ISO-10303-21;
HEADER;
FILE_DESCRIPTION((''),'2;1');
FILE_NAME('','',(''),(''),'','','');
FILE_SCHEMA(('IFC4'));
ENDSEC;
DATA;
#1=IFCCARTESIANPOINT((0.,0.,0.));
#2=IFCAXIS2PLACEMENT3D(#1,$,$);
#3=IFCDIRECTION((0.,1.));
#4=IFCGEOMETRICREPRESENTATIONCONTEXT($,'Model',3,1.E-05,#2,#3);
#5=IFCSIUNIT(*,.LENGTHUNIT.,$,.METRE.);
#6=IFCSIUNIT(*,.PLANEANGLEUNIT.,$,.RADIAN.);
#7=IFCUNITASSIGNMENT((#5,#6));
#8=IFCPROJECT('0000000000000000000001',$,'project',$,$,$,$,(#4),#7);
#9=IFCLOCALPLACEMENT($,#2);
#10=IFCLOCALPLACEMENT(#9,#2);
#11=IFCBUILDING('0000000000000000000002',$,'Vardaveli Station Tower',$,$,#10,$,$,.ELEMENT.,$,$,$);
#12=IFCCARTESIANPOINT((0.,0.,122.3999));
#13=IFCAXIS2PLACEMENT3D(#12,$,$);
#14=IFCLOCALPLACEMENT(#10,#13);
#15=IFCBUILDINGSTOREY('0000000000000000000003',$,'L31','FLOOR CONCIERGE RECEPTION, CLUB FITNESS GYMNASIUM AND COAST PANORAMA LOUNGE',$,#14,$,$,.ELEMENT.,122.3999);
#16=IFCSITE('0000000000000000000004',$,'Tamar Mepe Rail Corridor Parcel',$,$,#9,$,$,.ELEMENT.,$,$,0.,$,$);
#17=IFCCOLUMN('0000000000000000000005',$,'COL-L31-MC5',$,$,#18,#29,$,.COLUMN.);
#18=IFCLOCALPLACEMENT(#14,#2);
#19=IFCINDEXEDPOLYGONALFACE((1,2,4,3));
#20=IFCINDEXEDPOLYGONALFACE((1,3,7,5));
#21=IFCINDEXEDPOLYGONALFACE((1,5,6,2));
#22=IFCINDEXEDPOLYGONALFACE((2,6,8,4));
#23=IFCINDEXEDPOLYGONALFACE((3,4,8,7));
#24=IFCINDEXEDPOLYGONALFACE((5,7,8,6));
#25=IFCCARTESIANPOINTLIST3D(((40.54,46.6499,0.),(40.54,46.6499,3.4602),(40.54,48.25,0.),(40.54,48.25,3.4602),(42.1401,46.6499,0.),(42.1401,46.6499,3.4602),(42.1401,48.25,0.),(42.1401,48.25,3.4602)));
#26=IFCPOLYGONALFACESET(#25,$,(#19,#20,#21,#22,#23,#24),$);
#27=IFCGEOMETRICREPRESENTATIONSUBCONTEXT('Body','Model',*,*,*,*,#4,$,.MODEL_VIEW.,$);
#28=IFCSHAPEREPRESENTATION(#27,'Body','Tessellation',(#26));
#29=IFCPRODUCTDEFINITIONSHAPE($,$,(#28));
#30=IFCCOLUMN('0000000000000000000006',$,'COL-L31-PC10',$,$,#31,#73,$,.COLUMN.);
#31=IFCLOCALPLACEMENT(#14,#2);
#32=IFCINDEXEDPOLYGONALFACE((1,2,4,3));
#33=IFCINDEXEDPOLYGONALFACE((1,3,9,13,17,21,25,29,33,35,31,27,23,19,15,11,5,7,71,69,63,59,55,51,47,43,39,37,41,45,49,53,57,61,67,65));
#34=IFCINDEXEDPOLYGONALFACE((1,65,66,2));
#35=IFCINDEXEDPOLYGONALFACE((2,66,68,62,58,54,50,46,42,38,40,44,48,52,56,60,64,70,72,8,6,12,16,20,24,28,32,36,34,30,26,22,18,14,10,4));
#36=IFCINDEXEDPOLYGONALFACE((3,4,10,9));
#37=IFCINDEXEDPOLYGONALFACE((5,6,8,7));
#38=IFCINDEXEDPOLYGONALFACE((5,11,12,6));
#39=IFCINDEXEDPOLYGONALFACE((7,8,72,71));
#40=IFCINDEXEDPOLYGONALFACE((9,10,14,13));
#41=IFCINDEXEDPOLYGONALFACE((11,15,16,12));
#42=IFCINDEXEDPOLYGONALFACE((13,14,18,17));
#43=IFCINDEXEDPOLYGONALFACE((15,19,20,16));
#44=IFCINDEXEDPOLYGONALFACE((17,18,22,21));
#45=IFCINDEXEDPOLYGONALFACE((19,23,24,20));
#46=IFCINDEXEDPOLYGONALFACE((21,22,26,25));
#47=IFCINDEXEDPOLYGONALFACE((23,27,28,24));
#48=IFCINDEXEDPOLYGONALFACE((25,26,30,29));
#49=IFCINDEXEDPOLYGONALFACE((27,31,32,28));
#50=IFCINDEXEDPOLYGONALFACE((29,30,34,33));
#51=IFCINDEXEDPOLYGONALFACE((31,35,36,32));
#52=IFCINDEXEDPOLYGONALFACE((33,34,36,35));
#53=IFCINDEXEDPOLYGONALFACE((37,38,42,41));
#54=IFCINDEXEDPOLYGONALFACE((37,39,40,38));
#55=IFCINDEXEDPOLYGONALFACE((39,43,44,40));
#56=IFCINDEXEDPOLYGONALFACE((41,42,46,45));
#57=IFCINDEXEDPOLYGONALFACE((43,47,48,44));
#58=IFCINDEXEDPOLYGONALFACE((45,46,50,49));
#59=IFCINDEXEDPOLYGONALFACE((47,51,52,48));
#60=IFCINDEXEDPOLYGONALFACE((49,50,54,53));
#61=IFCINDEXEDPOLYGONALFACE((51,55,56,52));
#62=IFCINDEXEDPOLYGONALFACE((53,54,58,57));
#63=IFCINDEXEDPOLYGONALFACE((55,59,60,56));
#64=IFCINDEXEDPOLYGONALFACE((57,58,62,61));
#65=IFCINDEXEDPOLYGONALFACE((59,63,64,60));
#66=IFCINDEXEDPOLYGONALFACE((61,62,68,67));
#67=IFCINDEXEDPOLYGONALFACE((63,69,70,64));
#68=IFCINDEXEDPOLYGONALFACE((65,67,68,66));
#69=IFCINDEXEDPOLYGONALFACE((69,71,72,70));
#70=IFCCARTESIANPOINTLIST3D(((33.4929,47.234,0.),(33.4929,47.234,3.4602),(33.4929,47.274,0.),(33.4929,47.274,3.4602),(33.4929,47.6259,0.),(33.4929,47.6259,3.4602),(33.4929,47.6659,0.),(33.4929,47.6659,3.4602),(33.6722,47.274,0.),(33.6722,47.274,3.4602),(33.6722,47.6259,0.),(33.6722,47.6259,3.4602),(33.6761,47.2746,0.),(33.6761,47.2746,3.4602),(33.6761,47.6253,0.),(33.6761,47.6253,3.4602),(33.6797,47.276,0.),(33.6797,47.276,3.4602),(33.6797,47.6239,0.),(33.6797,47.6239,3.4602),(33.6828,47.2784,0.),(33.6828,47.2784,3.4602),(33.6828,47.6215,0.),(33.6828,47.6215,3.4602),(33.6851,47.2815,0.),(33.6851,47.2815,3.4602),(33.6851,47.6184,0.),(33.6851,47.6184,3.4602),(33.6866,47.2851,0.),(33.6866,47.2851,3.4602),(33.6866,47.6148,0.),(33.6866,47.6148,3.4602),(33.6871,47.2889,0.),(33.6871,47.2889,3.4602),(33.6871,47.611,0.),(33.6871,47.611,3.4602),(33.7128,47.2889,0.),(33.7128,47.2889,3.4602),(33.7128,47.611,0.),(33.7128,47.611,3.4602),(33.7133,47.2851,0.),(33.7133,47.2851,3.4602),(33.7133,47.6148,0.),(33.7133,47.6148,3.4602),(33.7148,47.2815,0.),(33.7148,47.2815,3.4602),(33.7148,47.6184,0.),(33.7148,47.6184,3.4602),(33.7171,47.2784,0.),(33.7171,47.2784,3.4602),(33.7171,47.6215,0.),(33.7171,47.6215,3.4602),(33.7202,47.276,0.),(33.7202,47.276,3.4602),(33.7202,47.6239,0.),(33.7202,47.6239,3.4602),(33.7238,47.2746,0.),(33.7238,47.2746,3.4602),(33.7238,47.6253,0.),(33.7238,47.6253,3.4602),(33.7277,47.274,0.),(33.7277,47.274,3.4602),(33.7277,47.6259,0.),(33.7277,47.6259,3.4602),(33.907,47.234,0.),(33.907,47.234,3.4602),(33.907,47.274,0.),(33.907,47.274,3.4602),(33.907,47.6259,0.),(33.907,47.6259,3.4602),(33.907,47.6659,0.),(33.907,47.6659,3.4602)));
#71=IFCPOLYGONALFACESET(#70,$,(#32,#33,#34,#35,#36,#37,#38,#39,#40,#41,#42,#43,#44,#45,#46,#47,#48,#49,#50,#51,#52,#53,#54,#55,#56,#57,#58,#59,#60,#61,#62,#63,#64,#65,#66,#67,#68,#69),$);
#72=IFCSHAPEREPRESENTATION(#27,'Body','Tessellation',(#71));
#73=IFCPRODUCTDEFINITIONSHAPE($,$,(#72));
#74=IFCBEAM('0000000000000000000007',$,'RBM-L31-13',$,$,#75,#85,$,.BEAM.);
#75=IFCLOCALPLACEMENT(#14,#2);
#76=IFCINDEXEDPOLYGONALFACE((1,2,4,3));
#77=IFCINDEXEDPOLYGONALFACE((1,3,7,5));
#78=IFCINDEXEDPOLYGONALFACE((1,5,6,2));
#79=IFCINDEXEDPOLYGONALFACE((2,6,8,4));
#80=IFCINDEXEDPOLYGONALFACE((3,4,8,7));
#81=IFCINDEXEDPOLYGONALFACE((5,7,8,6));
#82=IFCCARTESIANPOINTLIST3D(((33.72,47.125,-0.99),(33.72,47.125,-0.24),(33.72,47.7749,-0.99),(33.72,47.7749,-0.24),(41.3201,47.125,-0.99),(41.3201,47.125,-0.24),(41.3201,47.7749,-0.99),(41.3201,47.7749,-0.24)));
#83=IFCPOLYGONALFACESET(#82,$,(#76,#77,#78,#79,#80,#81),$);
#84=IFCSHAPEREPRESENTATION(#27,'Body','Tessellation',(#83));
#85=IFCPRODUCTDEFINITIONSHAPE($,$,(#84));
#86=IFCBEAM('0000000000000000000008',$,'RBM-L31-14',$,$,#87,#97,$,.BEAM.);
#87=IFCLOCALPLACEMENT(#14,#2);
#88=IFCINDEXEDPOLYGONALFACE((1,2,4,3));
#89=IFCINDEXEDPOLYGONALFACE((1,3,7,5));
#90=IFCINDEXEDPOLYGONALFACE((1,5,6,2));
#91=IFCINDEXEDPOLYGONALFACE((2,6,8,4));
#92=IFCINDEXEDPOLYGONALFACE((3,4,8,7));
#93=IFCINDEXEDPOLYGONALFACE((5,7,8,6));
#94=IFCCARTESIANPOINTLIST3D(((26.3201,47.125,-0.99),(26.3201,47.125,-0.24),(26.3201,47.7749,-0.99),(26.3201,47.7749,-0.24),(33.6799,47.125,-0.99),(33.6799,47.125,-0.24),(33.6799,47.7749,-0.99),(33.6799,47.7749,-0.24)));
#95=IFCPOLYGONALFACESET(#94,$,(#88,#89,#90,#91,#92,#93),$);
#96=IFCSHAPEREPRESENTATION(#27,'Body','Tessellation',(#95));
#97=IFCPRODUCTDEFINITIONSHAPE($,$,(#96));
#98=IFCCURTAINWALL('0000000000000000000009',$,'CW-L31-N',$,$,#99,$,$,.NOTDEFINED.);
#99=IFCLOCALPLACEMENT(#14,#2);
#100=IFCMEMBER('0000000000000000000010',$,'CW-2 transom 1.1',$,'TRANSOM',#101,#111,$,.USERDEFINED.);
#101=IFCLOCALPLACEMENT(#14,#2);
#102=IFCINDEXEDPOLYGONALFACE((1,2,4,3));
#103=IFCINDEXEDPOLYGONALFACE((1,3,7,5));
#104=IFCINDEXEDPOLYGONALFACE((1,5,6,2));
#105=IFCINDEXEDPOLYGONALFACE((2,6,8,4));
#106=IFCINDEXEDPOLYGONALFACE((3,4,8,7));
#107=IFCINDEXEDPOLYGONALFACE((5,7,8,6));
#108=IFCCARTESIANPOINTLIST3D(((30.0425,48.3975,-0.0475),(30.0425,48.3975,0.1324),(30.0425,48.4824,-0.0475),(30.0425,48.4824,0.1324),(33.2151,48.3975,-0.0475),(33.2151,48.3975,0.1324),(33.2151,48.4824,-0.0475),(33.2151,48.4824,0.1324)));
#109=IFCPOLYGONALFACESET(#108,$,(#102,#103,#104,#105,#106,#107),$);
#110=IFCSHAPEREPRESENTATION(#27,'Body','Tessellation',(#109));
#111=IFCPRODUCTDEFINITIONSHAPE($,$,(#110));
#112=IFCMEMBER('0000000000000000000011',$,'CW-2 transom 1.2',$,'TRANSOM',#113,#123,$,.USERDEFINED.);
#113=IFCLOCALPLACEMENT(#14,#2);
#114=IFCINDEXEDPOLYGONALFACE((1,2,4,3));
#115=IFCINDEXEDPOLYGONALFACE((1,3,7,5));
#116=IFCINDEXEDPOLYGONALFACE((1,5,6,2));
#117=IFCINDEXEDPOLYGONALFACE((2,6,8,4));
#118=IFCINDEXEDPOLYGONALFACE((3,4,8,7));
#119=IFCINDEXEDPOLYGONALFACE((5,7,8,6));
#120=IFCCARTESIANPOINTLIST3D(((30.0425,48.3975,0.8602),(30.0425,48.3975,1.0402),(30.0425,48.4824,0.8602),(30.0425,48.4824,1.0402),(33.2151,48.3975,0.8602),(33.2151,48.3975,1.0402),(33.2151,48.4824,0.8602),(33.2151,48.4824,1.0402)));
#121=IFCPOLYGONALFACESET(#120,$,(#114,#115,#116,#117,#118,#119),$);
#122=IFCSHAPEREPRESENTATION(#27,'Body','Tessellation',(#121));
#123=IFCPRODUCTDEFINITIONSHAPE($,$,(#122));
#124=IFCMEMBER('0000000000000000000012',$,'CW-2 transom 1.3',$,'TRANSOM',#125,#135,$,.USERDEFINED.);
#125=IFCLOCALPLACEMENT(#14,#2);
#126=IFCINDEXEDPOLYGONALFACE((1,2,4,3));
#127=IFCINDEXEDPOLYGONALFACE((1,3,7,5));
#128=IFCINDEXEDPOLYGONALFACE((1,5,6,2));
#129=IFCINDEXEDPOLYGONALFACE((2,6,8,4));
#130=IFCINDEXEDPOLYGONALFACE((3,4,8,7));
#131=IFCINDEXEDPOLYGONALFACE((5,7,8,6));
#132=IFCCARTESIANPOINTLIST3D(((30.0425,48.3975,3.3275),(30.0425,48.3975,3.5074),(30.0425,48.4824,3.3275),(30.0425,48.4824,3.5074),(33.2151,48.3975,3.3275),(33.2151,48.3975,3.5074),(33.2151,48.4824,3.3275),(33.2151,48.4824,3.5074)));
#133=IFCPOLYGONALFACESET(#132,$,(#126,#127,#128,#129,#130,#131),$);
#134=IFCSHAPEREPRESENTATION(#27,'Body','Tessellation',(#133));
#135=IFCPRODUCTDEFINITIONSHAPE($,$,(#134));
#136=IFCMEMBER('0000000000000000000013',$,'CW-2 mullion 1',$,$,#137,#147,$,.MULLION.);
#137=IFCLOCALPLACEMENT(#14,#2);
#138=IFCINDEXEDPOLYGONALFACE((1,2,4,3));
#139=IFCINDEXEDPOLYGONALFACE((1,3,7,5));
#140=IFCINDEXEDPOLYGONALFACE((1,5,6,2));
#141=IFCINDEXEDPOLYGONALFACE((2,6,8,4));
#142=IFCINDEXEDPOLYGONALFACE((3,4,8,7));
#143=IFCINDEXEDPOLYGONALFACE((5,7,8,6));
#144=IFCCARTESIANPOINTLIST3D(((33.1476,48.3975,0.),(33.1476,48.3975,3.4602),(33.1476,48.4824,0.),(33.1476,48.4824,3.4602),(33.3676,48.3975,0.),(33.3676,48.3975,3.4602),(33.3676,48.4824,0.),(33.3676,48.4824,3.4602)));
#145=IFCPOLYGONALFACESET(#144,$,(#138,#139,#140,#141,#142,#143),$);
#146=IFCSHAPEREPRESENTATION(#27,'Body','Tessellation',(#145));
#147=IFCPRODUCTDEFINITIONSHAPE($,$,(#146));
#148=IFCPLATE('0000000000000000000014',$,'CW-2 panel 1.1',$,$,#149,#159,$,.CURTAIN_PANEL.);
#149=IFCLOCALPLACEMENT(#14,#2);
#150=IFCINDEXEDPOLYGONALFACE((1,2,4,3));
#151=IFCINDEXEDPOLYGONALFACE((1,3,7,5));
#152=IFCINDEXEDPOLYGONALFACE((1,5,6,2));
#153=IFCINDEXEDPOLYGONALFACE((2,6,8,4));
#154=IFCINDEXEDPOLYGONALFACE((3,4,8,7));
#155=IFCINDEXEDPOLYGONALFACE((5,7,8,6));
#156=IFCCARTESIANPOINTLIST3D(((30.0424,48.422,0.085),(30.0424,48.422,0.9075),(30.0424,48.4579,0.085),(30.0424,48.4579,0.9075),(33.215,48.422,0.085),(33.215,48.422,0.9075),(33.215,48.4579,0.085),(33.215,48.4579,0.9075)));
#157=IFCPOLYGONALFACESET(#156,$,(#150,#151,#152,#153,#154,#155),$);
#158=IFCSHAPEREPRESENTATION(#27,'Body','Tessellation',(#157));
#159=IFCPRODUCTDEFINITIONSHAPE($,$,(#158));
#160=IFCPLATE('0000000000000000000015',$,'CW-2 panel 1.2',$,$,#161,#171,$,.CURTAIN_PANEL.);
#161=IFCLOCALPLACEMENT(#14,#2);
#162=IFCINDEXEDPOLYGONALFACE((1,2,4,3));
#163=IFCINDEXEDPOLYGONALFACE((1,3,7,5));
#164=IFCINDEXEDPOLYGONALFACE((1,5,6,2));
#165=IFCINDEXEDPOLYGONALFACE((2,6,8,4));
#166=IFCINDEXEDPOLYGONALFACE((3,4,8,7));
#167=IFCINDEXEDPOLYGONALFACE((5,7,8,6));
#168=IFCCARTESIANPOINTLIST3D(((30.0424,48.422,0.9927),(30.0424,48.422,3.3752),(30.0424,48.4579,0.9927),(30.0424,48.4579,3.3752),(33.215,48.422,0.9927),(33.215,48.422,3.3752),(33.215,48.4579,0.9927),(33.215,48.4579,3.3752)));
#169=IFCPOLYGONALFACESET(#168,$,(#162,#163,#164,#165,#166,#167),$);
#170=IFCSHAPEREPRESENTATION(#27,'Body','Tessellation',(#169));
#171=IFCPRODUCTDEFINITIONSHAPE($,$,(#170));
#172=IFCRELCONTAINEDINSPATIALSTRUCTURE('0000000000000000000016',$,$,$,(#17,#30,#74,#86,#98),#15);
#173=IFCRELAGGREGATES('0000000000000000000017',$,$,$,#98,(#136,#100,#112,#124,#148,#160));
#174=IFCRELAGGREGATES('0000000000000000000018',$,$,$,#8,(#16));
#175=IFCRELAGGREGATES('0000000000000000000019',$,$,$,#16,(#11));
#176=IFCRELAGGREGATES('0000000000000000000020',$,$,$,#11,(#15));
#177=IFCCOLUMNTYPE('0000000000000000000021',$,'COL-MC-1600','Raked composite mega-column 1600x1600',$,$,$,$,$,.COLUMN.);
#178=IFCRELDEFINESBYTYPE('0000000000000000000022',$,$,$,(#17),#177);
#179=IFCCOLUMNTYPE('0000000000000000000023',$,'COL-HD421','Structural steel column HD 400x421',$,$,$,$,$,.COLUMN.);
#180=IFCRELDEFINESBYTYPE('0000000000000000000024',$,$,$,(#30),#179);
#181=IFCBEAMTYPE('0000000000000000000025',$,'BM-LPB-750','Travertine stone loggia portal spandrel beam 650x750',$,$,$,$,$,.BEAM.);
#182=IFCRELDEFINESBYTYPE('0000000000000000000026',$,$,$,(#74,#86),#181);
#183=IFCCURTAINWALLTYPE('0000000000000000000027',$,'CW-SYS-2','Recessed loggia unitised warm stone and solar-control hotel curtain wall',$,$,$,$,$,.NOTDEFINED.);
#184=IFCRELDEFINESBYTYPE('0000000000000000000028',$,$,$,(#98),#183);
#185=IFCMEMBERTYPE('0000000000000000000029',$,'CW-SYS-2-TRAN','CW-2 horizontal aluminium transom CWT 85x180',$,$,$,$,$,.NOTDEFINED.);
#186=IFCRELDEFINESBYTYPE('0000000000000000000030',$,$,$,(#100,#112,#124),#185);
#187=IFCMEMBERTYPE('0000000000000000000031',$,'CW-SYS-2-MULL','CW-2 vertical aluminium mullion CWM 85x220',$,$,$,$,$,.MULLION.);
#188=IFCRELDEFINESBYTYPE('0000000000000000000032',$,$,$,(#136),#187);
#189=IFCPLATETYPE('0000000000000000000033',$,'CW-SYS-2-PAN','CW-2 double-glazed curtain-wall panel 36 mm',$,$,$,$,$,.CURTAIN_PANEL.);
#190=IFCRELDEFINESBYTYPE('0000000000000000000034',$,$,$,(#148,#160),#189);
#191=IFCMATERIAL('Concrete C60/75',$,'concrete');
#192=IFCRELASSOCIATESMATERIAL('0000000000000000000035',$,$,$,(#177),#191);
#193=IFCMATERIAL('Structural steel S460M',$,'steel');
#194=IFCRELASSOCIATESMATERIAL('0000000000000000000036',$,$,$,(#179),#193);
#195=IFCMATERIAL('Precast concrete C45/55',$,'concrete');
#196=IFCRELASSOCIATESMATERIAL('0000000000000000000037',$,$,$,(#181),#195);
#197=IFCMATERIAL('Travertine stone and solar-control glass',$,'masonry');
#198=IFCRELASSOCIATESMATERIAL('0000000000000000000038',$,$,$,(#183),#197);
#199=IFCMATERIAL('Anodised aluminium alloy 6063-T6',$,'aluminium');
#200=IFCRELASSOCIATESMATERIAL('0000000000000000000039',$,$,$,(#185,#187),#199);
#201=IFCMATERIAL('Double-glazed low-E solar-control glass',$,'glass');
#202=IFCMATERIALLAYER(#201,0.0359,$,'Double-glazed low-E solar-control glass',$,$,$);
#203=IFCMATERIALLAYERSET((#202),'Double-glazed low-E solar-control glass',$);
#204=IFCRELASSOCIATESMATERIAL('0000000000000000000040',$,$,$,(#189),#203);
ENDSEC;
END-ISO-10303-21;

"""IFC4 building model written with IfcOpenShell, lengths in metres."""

from ifc_helpers import new_model, si_unit, direction, frame, origin, origin_2d, place, context, subcontext, project, spatial, rectangle, i_section, extrude, source, transform, mapped, material, layer, layer_set, material_profile, profile_set, type_object, element, aggregate, save


model = new_model("IFC4")

# Units and contexts
model_context = context("Model", 3, precision=1e-05, world=origin(), true_north=direction((0.0, 1.0)))
body_context = subcontext(model_context, "Body", "Model", "MODEL_VIEW")
ifc_project = project(units=[si_unit("LENGTHUNIT", "METRE"), si_unit("PLANEANGLEUNIT", "RADIAN")], contexts=[model_context])

# Site, building, storey
site_placement = place(None, origin())
site = spatial("IfcSite", under=ifc_project, at=site_placement, Name="Tamar Mepe Rail Corridor Parcel", CompositionType="ELEMENT", RefElevation=0.0)
building_placement = place(site_placement, origin())
building = spatial("IfcBuilding", under=site, at=building_placement, Name="Vardaveli Station Tower", CompositionType="ELEMENT")
storey_placement = place(building_placement, frame((0.0, 0.0, 122.3999)))
storey = spatial("IfcBuildingStorey", under=building, at=storey_placement, Name="L31", Description="FLOOR CONCIERGE RECEPTION, CLUB FITNESS GYMNASIUM AND COAST PANORAMA LOUNGE", CompositionType="ELEMENT", Elevation=122.3999)

# Columns
ifc_material_1 = material(Name="Concrete C60/75", Category="concrete")
ifc_material_profile_1 = material_profile(ifc_material_1, rectangle(XDim=1.6001, YDim=1.6001, at=origin_2d()), Name="MC 1600x1600")
ifc_profile_set_1 = profile_set([ifc_material_profile_1], Name="Concrete C60/75")
column_type_1 = type_object("IfcColumnType", Name="COL-MC-1600", Description="Raked composite mega-column 1600x1600", PredefinedType="COLUMN", material=ifc_profile_set_1)
shared_shape_1 = source(origin(), body_context, "Body", "SweptSolid", [
    extrude(rectangle(XDim=1.6001, YDim=1.6001, at=origin_2d()), origin(), (0.0, 0.0, 1.0), 3.4602),
])
column_1_placement = place(storey_placement, frame((41.3401, 47.45, 0.0), z_axis=(0.0, 0.0, 1.0), x_axis=(1.0, 0.0, 0.0)))
element("IfcColumn", 1, at=column_1_placement, inside=storey, type_object=column_type_1, Name="COL-L31-MC5", PredefinedType="COLUMN", context=body_context, shape_type="MappedRepresentation", body=[
    mapped(shared_shape_1, transform((0.0, 0.0, 0.0), scale=1.0)),
])
ifc_material_2 = material(Name="Structural steel S460M", Category="steel")
ifc_material_profile_2 = material_profile(ifc_material_2, i_section(OverallWidth=0.4141, OverallDepth=0.4319, WebThickness=0.0256, FlangeThickness=0.04, FilletRadius=0.0149, at=origin_2d()), Name="HD 400x421")
ifc_profile_set_2 = profile_set([ifc_material_profile_2], Name="Structural steel S460M")
column_type_2 = type_object("IfcColumnType", Name="COL-HD421", Description="Structural steel column HD 400x421", PredefinedType="COLUMN", material=ifc_profile_set_2)
shared_shape_2 = source(origin(), body_context, "Body", "SweptSolid", [
    extrude(i_section(OverallWidth=0.4141, OverallDepth=0.4319, WebThickness=0.0256, FlangeThickness=0.04, FilletRadius=0.0149, at=origin_2d()), origin(), (0.0, 0.0, 1.0), 3.4602),
])
column_2_placement = place(storey_placement, frame((33.7, 47.45, 0.0), z_axis=(0.0, 0.0, 1.0), x_axis=(1.0, 0.0, 0.0)))
element("IfcColumn", 2, at=column_2_placement, inside=storey, type_object=column_type_2, Name="COL-L31-PC10", PredefinedType="COLUMN", context=body_context, shape_type="MappedRepresentation", body=[
    mapped(shared_shape_2, transform((0.0, 0.0, 0.0), scale=1.0)),
])

# Beams
ifc_material_3 = material(Name="Precast concrete C45/55", Category="concrete")
ifc_material_profile_3 = material_profile(ifc_material_3, rectangle(XDim=0.6499, YDim=0.75, at=origin_2d()), Name="LPB 650x750")
ifc_profile_set_3 = profile_set([ifc_material_profile_3], Name="Precast concrete C45/55")
beam_type = type_object("IfcBeamType", Name="BM-LPB-750", Description="Travertine stone loggia portal spandrel beam 650x750", PredefinedType="BEAM", material=ifc_profile_set_3)
shared_shape_3 = source(origin(), body_context, "Body", "SweptSolid", [
    extrude(rectangle(XDim=0.6499, YDim=0.75, at=origin_2d()), origin(), (0.0, 0.0, 1.0), 7.6001),
])
beam_1_placement = place(storey_placement, frame((41.3201, 47.45, -0.615), z_axis=(-1.0, 0.0, 0.0), x_axis=(0.0, -1.0, 0.0)))
element("IfcBeam", 3, at=beam_1_placement, inside=storey, type_object=beam_type, Name="RBM-L31-13", PredefinedType="BEAM", context=body_context, shape_type="MappedRepresentation", body=[
    mapped(shared_shape_3, transform((0.0, 0.0, 0.0), scale=1.0)),
])
shared_shape_4 = source(origin(), body_context, "Body", "SweptSolid", [
    extrude(rectangle(XDim=0.6499, YDim=0.75, at=origin_2d()), origin(), (0.0, 0.0, 1.0), 7.3599),
])
beam_2_placement = place(storey_placement, frame((33.6799, 47.45, -0.615), z_axis=(-1.0, 0.0, 0.0), x_axis=(0.0, -1.0, 0.0)))
element("IfcBeam", 4, at=beam_2_placement, inside=storey, type_object=beam_type, Name="RBM-L31-14", PredefinedType="BEAM", context=body_context, shape_type="MappedRepresentation", body=[
    mapped(shared_shape_4, transform((0.0, 0.0, 0.0), scale=1.0)),
])

# Curtain wall, members, plates
ifc_material_4 = material(Name="Travertine stone and solar-control glass", Category="masonry")
curtain_wall_type = type_object("IfcCurtainWallType", Name="CW-SYS-2", Description="Recessed loggia unitised warm stone and solar-control hotel curtain wall", PredefinedType="NOTDEFINED", material=ifc_material_4)
curtain_wall_placement = place(storey_placement, origin())
curtain_wall = element("IfcCurtainWall", 5, at=curtain_wall_placement, inside=storey, type_object=curtain_wall_type, Name="CW-L31-N", PredefinedType="NOTDEFINED")
ifc_material_5 = material(Name="Anodised aluminium alloy 6063-T6", Category="aluminium")
ifc_material_profile_4 = material_profile(ifc_material_5, rectangle(XDim=0.085, YDim=0.1799, at=origin_2d()), Name="CWT 85x180")
ifc_profile_set_4 = profile_set([ifc_material_profile_4], Name="Anodised aluminium alloy 6063-T6")
member_type_1 = type_object("IfcMemberType", Name="CW-SYS-2-TRAN", Description="CW-2 horizontal aluminium transom CWT 85x180", PredefinedType="NOTDEFINED", material=ifc_profile_set_4)
shared_shape_5 = source(origin(), body_context, "Body", "SweptSolid", [
    extrude(rectangle(XDim=0.085, YDim=0.1799, at=origin_2d()), origin(), (0.0, 0.0, 1.0), 3.1726),
])
member_1_placement = place(storey_placement, frame((33.2151, 48.4399, 0.0425), z_axis=(-1.0, 0.0, 0.0), x_axis=(0.0, -1.0, 0.0)))
member_1 = element("IfcMember", 6, at=member_1_placement, type_object=member_type_1, Name="CW-2 transom 1.1", ObjectType="TRANSOM", PredefinedType="USERDEFINED", context=body_context, shape_type="MappedRepresentation", body=[
    mapped(shared_shape_5, transform((0.0, 0.0, 0.0), scale=1.0)),
])
member_2_placement = place(storey_placement, frame((33.2151, 48.4399, 0.9502), z_axis=(-1.0, 0.0, 0.0), x_axis=(0.0, -1.0, 0.0)))
member_2 = element("IfcMember", 7, at=member_2_placement, type_object=member_type_1, Name="CW-2 transom 1.2", ObjectType="TRANSOM", PredefinedType="USERDEFINED", context=body_context, shape_type="MappedRepresentation", body=[
    mapped(shared_shape_5, transform((0.0, 0.0, 0.0), scale=1.0)),
])
member_3_placement = place(storey_placement, frame((33.2151, 48.4399, 3.4175), z_axis=(-1.0, 0.0, 0.0), x_axis=(0.0, -1.0, 0.0)))
member_3 = element("IfcMember", 8, at=member_3_placement, type_object=member_type_1, Name="CW-2 transom 1.3", ObjectType="TRANSOM", PredefinedType="USERDEFINED", context=body_context, shape_type="MappedRepresentation", body=[
    mapped(shared_shape_5, transform((0.0, 0.0, 0.0), scale=1.0)),
])
ifc_material_profile_5 = material_profile(ifc_material_5, rectangle(XDim=0.085, YDim=0.22, at=origin_2d()), Name="CWM 85x220")
ifc_profile_set_5 = profile_set([ifc_material_profile_5], Name="Anodised aluminium alloy 6063-T6")
member_type_2 = type_object("IfcMemberType", Name="CW-SYS-2-MULL", Description="CW-2 vertical aluminium mullion CWM 85x220", PredefinedType="MULLION", material=ifc_profile_set_5)
shared_shape_6 = source(origin(), body_context, "Body", "SweptSolid", [
    extrude(rectangle(XDim=0.085, YDim=0.22, at=origin_2d()), origin(), (0.0, 0.0, 1.0), 3.4602),
])
member_4_placement = place(storey_placement, frame((33.2576, 48.4399, 0.0), z_axis=(0.0, 0.0, 1.0), x_axis=(0.0, -1.0, 0.0)))
member_4 = element("IfcMember", 9, at=member_4_placement, type_object=member_type_2, Name="CW-2 mullion 1", PredefinedType="MULLION", context=body_context, shape_type="MappedRepresentation", body=[
    mapped(shared_shape_6, transform((0.0, 0.0, 0.0), scale=1.0)),
])
ifc_material_6 = material(Name="Double-glazed low-E solar-control glass", Category="glass")
ifc_layer_1 = layer(ifc_material_6, 0.0359, Name="Double-glazed low-E solar-control glass")
ifc_layer_set_1 = layer_set([ifc_layer_1], Name="Double-glazed low-E solar-control glass")
plate_type = type_object("IfcPlateType", Name="CW-SYS-2-PAN", Description="CW-2 double-glazed curtain-wall panel 36 mm", PredefinedType="CURTAIN_PANEL", material=ifc_layer_set_1)
shared_shape_7 = source(origin(), body_context, "Body", "SweptSolid", [
    extrude(rectangle(XDim=3.1726, YDim=0.0359, at=origin_2d()), origin(), (0.0, 0.0, 1.0), 0.8225),
])
plate_1_placement = place(storey_placement, frame((31.6287, 48.4399, 0.085), z_axis=(0.0, 0.0, 1.0), x_axis=(-1.0, 0.0, 0.0)))
plate_1 = element("IfcPlate", 10, at=plate_1_placement, type_object=plate_type, Name="CW-2 panel 1.1", PredefinedType="CURTAIN_PANEL", context=body_context, shape_type="MappedRepresentation", body=[
    mapped(shared_shape_7, transform((0.0, 0.0, 0.0), scale=1.0)),
])
shared_shape_8 = source(origin(), body_context, "Body", "SweptSolid", [
    extrude(rectangle(XDim=3.1726, YDim=0.0359, at=origin_2d()), origin(), (0.0, 0.0, 1.0), 2.3826),
])
plate_2_placement = place(storey_placement, frame((31.6287, 48.4399, 0.9927), z_axis=(0.0, 0.0, 1.0), x_axis=(-1.0, 0.0, 0.0)))
plate_2 = element("IfcPlate", 11, at=plate_2_placement, type_object=plate_type, Name="CW-2 panel 1.2", PredefinedType="CURTAIN_PANEL", context=body_context, shape_type="MappedRepresentation", body=[
    mapped(shared_shape_8, transform((0.0, 0.0, 0.0), scale=1.0)),
])
aggregate(curtain_wall, [member_4, member_1, member_2, member_3, plate_1, plate_2])

save(model, "model.ifc")
